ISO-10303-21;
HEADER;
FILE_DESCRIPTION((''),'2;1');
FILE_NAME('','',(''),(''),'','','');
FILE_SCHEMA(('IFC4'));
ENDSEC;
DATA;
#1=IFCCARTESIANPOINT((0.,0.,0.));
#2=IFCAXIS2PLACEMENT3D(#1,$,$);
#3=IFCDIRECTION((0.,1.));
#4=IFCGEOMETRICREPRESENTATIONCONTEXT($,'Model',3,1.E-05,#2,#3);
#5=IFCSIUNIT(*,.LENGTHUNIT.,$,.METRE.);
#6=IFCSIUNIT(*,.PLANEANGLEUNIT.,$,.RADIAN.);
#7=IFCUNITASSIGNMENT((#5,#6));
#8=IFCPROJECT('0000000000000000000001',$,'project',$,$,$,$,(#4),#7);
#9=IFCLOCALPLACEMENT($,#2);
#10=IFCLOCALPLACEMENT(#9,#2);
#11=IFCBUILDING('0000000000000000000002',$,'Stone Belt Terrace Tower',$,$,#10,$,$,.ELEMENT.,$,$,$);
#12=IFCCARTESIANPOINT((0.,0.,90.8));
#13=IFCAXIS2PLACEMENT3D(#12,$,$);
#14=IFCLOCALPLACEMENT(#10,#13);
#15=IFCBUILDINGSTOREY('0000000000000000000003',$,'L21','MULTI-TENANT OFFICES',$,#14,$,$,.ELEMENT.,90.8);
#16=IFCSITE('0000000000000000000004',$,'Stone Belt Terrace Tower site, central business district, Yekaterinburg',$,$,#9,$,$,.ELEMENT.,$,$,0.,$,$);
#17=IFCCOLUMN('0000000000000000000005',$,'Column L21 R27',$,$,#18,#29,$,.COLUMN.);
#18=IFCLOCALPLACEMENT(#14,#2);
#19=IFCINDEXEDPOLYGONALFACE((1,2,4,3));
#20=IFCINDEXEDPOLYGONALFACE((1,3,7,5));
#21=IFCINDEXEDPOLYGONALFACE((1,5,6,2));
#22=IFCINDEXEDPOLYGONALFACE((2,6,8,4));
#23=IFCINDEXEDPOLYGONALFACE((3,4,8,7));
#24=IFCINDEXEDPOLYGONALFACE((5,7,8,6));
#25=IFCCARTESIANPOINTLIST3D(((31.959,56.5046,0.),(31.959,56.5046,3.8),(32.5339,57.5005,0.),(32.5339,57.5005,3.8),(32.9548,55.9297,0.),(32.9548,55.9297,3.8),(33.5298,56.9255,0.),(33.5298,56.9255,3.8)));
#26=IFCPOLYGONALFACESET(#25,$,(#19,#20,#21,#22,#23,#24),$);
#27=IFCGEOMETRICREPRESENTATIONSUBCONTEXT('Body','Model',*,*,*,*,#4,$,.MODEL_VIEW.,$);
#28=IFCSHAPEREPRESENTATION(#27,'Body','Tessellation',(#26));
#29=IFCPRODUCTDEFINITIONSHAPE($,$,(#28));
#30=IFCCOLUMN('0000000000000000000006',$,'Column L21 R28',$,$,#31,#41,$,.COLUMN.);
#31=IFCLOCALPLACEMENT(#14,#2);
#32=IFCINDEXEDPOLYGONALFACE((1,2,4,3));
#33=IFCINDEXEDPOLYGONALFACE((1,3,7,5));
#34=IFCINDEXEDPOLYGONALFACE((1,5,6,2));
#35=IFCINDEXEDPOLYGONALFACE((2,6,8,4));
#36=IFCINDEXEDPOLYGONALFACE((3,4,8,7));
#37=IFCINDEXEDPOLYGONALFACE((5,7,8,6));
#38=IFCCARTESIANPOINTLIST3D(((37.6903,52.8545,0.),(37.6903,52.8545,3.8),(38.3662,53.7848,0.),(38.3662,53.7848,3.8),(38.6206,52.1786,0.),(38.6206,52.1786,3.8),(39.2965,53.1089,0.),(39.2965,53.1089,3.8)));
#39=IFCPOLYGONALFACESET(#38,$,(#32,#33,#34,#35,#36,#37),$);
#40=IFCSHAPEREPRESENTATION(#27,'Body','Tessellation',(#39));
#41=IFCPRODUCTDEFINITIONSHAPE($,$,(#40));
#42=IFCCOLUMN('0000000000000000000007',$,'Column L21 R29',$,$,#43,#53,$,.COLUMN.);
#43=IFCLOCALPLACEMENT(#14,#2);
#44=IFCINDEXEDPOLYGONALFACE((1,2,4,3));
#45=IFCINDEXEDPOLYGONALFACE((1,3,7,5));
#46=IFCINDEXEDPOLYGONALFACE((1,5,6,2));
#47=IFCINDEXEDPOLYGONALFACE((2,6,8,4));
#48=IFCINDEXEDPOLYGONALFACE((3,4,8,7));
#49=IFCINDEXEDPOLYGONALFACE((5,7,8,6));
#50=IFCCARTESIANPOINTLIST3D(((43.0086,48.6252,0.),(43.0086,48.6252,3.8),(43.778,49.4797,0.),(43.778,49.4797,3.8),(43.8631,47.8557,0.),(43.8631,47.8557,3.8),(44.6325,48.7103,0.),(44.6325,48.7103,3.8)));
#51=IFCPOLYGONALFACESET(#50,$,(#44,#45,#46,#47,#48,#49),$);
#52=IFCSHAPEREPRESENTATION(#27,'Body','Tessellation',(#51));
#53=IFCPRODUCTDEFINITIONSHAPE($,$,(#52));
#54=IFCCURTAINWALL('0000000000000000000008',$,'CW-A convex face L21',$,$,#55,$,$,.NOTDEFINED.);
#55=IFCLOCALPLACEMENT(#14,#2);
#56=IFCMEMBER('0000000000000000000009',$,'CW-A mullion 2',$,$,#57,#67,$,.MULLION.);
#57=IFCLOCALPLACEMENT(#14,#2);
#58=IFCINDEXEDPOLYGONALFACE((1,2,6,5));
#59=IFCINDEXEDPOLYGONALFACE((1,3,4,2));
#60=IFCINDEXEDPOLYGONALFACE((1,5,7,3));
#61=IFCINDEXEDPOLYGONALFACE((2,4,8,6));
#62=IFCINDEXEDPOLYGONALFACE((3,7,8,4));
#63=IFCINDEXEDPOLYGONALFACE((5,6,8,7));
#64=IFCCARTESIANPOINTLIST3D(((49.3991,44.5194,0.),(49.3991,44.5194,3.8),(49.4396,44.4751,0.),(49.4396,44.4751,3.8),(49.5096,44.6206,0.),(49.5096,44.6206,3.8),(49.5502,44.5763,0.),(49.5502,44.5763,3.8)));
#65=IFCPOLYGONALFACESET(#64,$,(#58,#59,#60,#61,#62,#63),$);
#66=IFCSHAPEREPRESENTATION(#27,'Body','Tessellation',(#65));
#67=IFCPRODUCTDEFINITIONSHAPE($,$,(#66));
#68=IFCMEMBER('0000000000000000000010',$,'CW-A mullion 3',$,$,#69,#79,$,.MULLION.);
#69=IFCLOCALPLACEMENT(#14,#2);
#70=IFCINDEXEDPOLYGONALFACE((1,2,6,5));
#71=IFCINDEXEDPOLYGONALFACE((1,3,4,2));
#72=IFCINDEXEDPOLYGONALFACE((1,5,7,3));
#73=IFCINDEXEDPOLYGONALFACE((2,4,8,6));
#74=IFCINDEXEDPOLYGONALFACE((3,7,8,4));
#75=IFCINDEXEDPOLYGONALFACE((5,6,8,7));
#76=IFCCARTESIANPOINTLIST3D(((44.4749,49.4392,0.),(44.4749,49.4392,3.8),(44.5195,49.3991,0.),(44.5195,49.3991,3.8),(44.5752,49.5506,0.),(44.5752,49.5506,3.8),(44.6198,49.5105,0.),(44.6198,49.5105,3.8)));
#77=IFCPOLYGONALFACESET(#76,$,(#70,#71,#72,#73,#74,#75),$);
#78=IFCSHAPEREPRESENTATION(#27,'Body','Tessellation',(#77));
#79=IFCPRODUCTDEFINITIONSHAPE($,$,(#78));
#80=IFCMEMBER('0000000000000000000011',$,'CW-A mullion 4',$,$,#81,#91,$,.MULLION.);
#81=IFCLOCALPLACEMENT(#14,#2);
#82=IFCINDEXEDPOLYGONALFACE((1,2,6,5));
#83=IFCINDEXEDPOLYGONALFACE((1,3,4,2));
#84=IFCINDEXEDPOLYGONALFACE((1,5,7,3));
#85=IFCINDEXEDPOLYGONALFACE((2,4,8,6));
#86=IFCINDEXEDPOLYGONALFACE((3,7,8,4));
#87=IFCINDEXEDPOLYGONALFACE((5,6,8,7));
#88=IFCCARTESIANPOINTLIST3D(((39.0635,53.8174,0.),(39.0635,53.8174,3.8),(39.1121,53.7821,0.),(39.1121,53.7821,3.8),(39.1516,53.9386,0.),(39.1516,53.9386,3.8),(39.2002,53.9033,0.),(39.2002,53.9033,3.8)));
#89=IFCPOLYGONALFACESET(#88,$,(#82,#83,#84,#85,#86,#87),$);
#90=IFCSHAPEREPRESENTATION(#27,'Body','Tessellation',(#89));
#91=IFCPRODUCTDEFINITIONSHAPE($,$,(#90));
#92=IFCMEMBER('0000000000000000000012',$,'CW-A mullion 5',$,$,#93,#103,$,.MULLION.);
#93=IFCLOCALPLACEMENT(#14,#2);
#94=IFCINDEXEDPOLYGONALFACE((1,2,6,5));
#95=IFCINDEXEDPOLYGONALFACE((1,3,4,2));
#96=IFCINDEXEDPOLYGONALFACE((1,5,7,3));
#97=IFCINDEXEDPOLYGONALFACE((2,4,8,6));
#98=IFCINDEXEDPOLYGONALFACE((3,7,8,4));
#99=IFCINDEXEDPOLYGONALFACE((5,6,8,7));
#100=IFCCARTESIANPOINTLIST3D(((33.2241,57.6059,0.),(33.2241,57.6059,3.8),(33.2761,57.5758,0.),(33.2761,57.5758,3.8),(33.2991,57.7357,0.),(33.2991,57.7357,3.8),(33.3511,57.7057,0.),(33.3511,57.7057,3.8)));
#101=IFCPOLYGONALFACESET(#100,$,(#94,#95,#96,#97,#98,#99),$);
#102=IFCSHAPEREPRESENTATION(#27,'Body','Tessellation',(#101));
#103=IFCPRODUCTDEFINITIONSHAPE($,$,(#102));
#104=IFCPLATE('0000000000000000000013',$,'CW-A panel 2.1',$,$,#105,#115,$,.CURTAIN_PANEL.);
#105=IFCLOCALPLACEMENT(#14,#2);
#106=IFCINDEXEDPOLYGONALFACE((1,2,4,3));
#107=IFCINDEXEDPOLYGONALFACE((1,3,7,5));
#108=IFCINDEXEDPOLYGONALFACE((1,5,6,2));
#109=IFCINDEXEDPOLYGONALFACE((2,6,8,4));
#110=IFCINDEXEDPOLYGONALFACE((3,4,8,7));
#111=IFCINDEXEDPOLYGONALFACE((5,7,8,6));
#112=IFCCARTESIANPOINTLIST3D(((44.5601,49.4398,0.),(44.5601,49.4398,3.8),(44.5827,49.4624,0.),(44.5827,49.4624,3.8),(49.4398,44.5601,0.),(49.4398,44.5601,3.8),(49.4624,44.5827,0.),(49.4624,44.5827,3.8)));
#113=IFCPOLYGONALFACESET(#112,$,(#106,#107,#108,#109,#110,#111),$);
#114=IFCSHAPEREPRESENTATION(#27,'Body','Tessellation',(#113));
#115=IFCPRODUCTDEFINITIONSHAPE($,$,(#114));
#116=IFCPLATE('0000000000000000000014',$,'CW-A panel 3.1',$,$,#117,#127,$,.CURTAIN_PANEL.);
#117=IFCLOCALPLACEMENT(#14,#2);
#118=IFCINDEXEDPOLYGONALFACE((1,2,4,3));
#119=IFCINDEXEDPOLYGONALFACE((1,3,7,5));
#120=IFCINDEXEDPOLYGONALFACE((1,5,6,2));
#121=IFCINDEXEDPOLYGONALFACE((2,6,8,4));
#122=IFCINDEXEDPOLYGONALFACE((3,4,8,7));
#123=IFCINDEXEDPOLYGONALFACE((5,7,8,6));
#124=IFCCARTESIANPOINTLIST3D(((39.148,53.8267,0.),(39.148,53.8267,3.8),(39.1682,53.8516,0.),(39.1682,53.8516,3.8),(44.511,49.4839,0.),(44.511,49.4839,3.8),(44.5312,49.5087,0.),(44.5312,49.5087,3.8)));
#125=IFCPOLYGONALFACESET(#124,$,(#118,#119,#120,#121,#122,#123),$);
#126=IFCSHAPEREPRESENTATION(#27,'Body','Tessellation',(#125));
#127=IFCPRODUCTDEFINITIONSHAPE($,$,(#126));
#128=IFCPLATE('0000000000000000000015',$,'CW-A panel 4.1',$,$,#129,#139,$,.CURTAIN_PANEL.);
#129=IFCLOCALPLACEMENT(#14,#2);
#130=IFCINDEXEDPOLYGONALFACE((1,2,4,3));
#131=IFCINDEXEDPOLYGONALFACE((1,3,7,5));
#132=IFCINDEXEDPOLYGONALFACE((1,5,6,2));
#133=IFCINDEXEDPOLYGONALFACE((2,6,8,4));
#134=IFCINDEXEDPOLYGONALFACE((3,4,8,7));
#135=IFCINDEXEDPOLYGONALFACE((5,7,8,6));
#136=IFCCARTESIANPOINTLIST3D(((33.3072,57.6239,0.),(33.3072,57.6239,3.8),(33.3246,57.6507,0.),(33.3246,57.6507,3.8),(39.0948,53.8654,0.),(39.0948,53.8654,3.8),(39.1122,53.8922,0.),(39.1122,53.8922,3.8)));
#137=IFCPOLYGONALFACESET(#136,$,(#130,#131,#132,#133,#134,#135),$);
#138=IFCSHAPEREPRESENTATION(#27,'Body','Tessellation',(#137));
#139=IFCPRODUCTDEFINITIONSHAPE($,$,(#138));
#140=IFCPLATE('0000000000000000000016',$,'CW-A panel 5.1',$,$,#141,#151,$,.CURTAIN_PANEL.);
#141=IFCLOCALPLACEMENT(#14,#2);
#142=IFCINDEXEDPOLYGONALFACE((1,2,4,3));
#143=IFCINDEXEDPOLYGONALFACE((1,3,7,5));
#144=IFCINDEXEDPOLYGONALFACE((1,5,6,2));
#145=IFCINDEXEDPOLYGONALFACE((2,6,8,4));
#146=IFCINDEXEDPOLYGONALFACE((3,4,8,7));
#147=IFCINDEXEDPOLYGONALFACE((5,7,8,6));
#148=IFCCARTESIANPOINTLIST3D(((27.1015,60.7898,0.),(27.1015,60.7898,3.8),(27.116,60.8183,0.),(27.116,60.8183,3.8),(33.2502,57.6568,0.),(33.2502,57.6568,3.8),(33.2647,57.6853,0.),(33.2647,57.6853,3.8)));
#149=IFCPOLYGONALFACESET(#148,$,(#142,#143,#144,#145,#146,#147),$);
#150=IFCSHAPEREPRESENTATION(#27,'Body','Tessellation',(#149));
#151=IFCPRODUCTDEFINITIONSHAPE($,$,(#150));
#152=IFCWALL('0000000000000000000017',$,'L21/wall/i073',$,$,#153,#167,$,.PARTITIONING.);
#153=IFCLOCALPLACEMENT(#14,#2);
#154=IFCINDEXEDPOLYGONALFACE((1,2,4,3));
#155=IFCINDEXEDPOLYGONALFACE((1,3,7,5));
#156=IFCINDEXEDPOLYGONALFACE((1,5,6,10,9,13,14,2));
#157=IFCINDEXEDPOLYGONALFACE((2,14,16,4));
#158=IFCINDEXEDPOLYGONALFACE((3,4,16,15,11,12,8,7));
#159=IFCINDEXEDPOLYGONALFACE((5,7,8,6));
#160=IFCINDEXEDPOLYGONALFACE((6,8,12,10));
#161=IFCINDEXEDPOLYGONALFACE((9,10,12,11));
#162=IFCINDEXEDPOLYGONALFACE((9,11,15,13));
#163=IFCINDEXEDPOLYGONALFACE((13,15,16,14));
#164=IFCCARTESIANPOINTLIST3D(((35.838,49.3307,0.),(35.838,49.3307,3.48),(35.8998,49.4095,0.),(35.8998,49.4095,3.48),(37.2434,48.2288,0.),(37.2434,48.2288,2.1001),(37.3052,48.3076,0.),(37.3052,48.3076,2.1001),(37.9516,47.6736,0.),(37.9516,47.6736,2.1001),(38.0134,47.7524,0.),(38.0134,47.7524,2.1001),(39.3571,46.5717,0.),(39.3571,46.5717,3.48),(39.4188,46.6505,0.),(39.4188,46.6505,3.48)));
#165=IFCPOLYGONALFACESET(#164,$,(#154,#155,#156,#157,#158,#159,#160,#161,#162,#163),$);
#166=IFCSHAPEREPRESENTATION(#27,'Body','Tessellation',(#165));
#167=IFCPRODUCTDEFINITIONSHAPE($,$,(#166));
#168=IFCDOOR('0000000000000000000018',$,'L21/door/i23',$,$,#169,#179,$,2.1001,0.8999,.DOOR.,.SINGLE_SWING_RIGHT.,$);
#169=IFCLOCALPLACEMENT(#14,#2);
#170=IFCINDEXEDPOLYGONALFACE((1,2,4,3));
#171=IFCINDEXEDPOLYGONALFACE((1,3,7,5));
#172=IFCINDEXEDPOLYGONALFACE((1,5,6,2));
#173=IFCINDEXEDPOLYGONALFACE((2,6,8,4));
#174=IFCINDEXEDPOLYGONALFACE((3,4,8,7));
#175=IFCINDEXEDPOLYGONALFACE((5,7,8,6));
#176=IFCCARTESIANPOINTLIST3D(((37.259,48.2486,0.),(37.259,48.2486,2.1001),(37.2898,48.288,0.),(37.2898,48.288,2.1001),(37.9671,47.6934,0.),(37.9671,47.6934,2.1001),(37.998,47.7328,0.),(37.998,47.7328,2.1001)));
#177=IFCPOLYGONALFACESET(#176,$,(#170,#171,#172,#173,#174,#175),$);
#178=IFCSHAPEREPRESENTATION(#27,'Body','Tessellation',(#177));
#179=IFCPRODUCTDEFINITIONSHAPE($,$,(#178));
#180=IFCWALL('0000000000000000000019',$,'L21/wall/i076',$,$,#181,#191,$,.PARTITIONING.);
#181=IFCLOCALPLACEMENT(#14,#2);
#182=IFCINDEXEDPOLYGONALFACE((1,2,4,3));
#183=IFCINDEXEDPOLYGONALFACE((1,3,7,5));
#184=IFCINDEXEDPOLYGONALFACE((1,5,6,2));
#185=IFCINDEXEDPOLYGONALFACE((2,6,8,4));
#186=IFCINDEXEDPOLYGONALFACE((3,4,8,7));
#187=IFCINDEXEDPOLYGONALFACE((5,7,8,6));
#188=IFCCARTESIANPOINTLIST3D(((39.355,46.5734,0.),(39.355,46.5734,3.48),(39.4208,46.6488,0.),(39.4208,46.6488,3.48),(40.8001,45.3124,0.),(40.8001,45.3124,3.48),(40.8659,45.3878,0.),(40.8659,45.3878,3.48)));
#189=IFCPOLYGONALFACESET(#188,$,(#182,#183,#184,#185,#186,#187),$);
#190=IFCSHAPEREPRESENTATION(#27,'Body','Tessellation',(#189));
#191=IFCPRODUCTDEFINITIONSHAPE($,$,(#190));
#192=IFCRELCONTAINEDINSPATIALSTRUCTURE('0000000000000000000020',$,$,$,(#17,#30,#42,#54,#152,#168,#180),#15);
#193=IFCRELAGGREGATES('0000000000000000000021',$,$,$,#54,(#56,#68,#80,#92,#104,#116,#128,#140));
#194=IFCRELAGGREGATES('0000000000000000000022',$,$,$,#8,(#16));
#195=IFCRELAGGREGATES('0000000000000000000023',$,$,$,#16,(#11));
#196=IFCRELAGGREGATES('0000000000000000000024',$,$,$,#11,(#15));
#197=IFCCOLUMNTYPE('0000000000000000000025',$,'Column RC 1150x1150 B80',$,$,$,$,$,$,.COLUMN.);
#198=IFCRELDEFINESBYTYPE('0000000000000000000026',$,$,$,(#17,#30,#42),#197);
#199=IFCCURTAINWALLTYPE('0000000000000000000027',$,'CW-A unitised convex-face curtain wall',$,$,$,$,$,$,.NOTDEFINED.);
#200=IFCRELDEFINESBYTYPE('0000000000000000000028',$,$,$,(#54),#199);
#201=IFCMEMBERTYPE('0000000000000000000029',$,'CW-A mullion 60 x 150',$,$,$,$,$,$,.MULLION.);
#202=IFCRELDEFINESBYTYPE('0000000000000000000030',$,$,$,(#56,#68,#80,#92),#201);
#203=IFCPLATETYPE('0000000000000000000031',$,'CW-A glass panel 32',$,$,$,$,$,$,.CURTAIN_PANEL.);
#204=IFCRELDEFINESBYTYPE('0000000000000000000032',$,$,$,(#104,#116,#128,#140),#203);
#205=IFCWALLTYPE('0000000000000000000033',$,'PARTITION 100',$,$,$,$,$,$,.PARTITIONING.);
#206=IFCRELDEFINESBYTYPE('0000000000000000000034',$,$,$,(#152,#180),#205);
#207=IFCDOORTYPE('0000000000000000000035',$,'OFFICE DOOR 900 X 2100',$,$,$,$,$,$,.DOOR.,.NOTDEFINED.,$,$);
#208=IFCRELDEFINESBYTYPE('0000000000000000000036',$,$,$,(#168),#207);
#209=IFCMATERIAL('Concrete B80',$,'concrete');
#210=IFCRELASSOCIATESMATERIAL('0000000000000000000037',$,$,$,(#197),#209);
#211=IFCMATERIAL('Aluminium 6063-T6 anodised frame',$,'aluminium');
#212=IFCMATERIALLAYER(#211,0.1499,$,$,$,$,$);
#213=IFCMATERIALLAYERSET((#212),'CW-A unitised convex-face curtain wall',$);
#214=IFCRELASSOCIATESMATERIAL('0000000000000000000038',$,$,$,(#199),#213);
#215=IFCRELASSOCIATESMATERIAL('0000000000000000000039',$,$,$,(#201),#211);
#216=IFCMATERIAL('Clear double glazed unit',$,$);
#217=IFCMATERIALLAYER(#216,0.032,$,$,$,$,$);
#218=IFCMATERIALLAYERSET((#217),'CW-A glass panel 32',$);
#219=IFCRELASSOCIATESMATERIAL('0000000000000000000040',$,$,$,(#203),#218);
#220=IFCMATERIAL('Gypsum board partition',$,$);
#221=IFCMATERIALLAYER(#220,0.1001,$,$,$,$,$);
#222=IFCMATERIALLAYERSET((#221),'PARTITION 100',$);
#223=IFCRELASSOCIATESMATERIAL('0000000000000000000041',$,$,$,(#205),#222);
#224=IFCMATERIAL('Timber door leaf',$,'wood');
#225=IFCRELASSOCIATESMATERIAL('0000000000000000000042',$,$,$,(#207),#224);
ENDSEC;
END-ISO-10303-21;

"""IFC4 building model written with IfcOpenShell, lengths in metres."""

from ifc_helpers import new_model, si_unit, direction, frame, frame_2d, origin, origin_2d, place, context, subcontext, project, spatial, rectangle, extrude, material, layer, layer_set, material_profile, profile_set, type_object, element, fill, aggregate, save


model = new_model("IFC4")

# Units and contexts
model_context = context("Model", 3, precision=1e-05, world=origin(), true_north=direction((0.0, 1.0)))
body_context = subcontext(model_context, "Body", "Model", "MODEL_VIEW")
ifc_project = project(units=[si_unit("LENGTHUNIT", "METRE"), si_unit("PLANEANGLEUNIT", "RADIAN")], contexts=[model_context])

# Site, building, storey
site_placement = place(None, origin())
site = spatial("IfcSite", under=ifc_project, at=site_placement, Name="Stone Belt Terrace Tower site, central business district, Yekaterinburg", CompositionType="ELEMENT", RefElevation=0.0)
building_placement = place(site_placement, origin())
building = spatial("IfcBuilding", under=site, at=building_placement, Name="Stone Belt Terrace Tower", CompositionType="ELEMENT")
storey_placement = place(building_placement, frame((0.0, 0.0, 90.8)))
storey = spatial("IfcBuildingStorey", under=building, at=storey_placement, Name="L21", Description="MULTI-TENANT OFFICES", CompositionType="ELEMENT", Elevation=90.8)

# Columns
ifc_material_1 = material(Name="Concrete B80", Category="concrete")
ifc_material_profile_1 = material_profile(ifc_material_1, rectangle(XDim=1.1499, YDim=1.1499, at=origin_2d()), Name="RC 1150x1150")
ifc_profile_set_1 = profile_set([ifc_material_profile_1], Name="Concrete B80")
column_type = type_object("IfcColumnType", Name="Column RC 1150x1150 B80", PredefinedType="COLUMN", material=ifc_profile_set_1)
for number, where, z_axis, x_axis, name in (
    (1, (32.7444, 56.7151, 0.0), (0.0, 0.0, 1.0), (0.866025, -0.5, 0.0), "Column L21 R27"),
    (2, (38.4934, 52.9817, 0.0), (0.0, 0.0, 1.0), (0.809017, -0.587785, 0.0), "Column L21 R28"),
    (3, (43.8206, 48.6677, 0.0), (0.0, 0.0, 1.0), (0.743145, -0.669131, 0.0), "Column L21 R29"),
):
    element("IfcColumn", number, at=place(storey_placement, frame(where, z_axis=z_axis, x_axis=x_axis)), inside=storey, type_object=column_type, Name=name, PredefinedType="COLUMN", context=body_context, shape_type="SweptSolid", body=[
        extrude(rectangle(XDim=1.1499, YDim=1.1499, at=origin_2d()), origin(), (0.0, 0.0, 1.0), 3.8),
    ])

# Curtain wall, members, plates
ifc_material_2 = material(Name="Aluminium 6063-T6 anodised frame", Category="aluminium")
ifc_layer_1 = layer(ifc_material_2, 0.1499)
ifc_layer_set_1 = layer_set([ifc_layer_1], Name="CW-A unitised convex-face curtain wall")
curtain_wall_type = type_object("IfcCurtainWallType", Name="CW-A unitised convex-face curtain wall", PredefinedType="NOTDEFINED", material=ifc_layer_set_1)
curtain_wall_placement = place(storey_placement, origin())
curtain_wall = element("IfcCurtainWall", 4, at=curtain_wall_placement, inside=storey, type_object=curtain_wall_type, Name="CW-A convex face L21", PredefinedType="NOTDEFINED")
ifc_material_profile_2 = material_profile(ifc_material_2, rectangle(XDim=0.1499, YDim=0.0601, at=origin_2d()), Name="Aluminium 6063-T6 60x150")
ifc_profile_set_2 = profile_set([ifc_material_profile_2], Name="Aluminium 6063-T6 anodised frame")
member_type = type_object("IfcMemberType", Name="CW-A mullion 60 x 150", PredefinedType="MULLION", material=ifc_profile_set_2)
member_1_placement = place(storey_placement, frame((49.4746, 44.5479, 0.0), z_axis=(0.0, 0.0, 1.0), x_axis=(-0.7374, -0.675456, 0.0)))
member_1 = element("IfcMember", 5, at=member_1_placement, type_object=member_type, Name="CW-A mullion 2", PredefinedType="MULLION", context=body_context, shape_type="SweptSolid", body=[
    extrude(rectangle(XDim=0.1499, YDim=0.0601, at=origin_2d()), origin(), (0.0, 0.0, 1.0), 3.8),
])
member_2_placement = place(storey_placement, frame((44.5474, 49.4749, 0.0), z_axis=(0.0, 0.0, 1.0), x_axis=(-0.669131, -0.743145, 0.0)))
member_2 = element("IfcMember", 6, at=member_2_placement, type_object=member_type, Name="CW-A mullion 3", PredefinedType="MULLION", context=body_context, shape_type="SweptSolid", body=[
    extrude(rectangle(XDim=0.1499, YDim=0.0601, at=origin_2d()), origin(), (0.0, 0.0, 1.0), 3.8),
])
member_3_placement = place(storey_placement, frame((39.1318, 53.8604, 0.0), z_axis=(0.0, 0.0, 1.0), x_axis=(-0.587785, -0.809017, 0.0)))
member_3 = element("IfcMember", 7, at=member_3_placement, type_object=member_type, Name="CW-A mullion 4", PredefinedType="MULLION", context=body_context, shape_type="SweptSolid", body=[
    extrude(rectangle(XDim=0.1499, YDim=0.0601, at=origin_2d()), origin(), (0.0, 0.0, 1.0), 3.8),
])
member_4_placement = place(storey_placement, frame((33.2876, 57.6558, 0.0), z_axis=(0.0, 0.0, 1.0), x_axis=(-0.5, -0.866025, 0.0)))
member_4 = element("IfcMember", 8, at=member_4_placement, type_object=member_type, Name="CW-A mullion 5", PredefinedType="MULLION", context=body_context, shape_type="SweptSolid", body=[
    extrude(rectangle(XDim=0.1499, YDim=0.0601, at=origin_2d()), origin(), (0.0, 0.0, 1.0), 3.8),
])
ifc_material_3 = material(Name="Clear double glazed unit")
ifc_layer_2 = layer(ifc_material_3, 0.032)
ifc_layer_set_2 = layer_set([ifc_layer_2], Name="CW-A glass panel 32")
plate_type = type_object("IfcPlateType", Name="CW-A glass panel 32", PredefinedType="CURTAIN_PANEL", material=ifc_layer_set_2)
plate_1_placement = place(storey_placement, frame((47.0112, 47.0112, 0.0), z_axis=(0.0, 0.0, 1.0), x_axis=(-0.707107, 0.707107, 0.0)))
plate_1 = element("IfcPlate", 9, at=plate_1_placement, type_object=plate_type, Name="CW-A panel 2.1", PredefinedType="CURTAIN_PANEL", context=body_context, shape_type="SweptSolid", body=[
    extrude(rectangle(XDim=6.9009, YDim=0.032, at=origin_2d()), origin(), (0.0, 0.0, 1.0), 3.8),
])
plate_2_placement = place(storey_placement, frame((41.8396, 51.6677, 0.0), z_axis=(0.0, 0.0, 1.0), x_axis=(-0.777146, 0.62932, 0.0)))
plate_2 = element("IfcPlate", 10, at=plate_2_placement, type_object=plate_type, Name="CW-A panel 3.1", PredefinedType="CURTAIN_PANEL", context=body_context, shape_type="SweptSolid", body=[
    extrude(rectangle(XDim=6.9009, YDim=0.032, at=origin_2d()), origin(), (0.0, 0.0, 1.0), 3.8),
])
plate_3_placement = place(storey_placement, frame((36.2097, 55.7581, 0.0), z_axis=(0.0, 0.0, 1.0), x_axis=(-0.838671, 0.544639, 0.0)))
plate_3 = element("IfcPlate", 11, at=plate_3_placement, type_object=plate_type, Name="CW-A panel 4.1", PredefinedType="CURTAIN_PANEL", context=body_context, shape_type="SweptSolid", body=[
    extrude(rectangle(XDim=6.9009, YDim=0.032, at=origin_2d()), origin(), (0.0, 0.0, 1.0), 3.8),
])
plate_4_placement = place(storey_placement, frame((30.1831, 59.2375, 0.0), z_axis=(0.0, 0.0, 1.0), x_axis=(-0.891007, 0.45399, 0.0)))
plate_4 = element("IfcPlate", 12, at=plate_4_placement, type_object=plate_type, Name="CW-A panel 5.1", PredefinedType="CURTAIN_PANEL", context=body_context, shape_type="SweptSolid", body=[
    extrude(rectangle(XDim=6.9009, YDim=0.032, at=origin_2d()), origin(), (0.0, 0.0, 1.0), 3.8),
])
aggregate(curtain_wall, [member_1, member_2, member_3, member_4, plate_1, plate_2, plate_3, plate_4])

# Wall, opening, door
ifc_material_4 = material(Name="Gypsum board partition")
ifc_layer_3 = layer(ifc_material_4, 0.1001)
ifc_layer_set_3 = layer_set([ifc_layer_3], Name="PARTITION 100")
wall_type_1 = type_object("IfcWallType", Name="PARTITION 100", PredefinedType="PARTITIONING", material=ifc_layer_set_3)
wall_1_placement = place(storey_placement, frame((39.3879, 46.6111, 0.0), z_axis=(0.0, 0.0, 1.0), x_axis=(-0.786962, 0.617001, 0.0)))
wall_1 = element("IfcWall", 13, at=wall_1_placement, inside=storey, type_object=wall_type_1, Name="L21/wall/i073", PredefinedType="PARTITIONING", context=body_context, shape_type="SweptSolid", body=[
    extrude(rectangle(XDim=4.4717, YDim=0.1001, at=frame_2d((2.2358, 0.0))), origin(), (0.0, 0.0, 1.0), 3.48),
])
opening_1_placement = place(wall_1_placement, frame((1.7859, 0.0, 0.0)))
opening_1 = element("IfcOpeningElement", 14, at=opening_1_placement, cuts=wall_1, PredefinedType="OPENING", context=body_context, shape_type="SweptSolid", body=[
    extrude(rectangle(XDim=0.8999, YDim=2.1001, at=frame_2d((0.45, 1.05))), frame((0.0, 0.0601, 0.0), z_axis=(0.0, -1.0, 0.0), x_axis=(1.0, 0.0, 0.0)), (0.0, 0.0, 1.0), 0.1201),
])
ifc_material_5 = material(Name="Timber door leaf", Category="wood")
door_type_1 = type_object("IfcDoorType", Name="OFFICE DOOR 900 X 2100", OperationType="NOTDEFINED", PredefinedType="DOOR", material=ifc_material_5)
door_1_placement = place(opening_1_placement, origin())
door_1 = element("IfcDoor", 15, at=door_1_placement, inside=storey, type_object=door_type_1, Name="L21/door/i23", OperationType="SINGLE_SWING_RIGHT", OverallHeight=2.1001, OverallWidth=0.8999, PredefinedType="DOOR", context=body_context, shape_type="SweptSolid", body=[
    extrude(rectangle(XDim=0.8999, YDim=2.1001, at=frame_2d((0.45, 1.05))), frame((0.0, 0.0249, 0.0), z_axis=(0.0, -1.0, 0.0), x_axis=(1.0, 0.0, 0.0)), (0.0, 0.0, 1.0), 0.05),
])
fill(opening_1, door_1)

# Wall
wall_2_placement = place(storey_placement, frame((40.833, 45.3501, 0.0), z_axis=(0.0, 0.0, 1.0), x_axis=(-0.753467, 0.657486, 0.0)))
element("IfcWall", 16, at=wall_2_placement, inside=storey, type_object=wall_type_1, Name="L21/wall/i076", PredefinedType="PARTITIONING", context=body_context, shape_type="SweptSolid", body=[
    extrude(rectangle(XDim=1.918, YDim=0.1001, at=frame_2d((0.959, 0.0))), origin(), (0.0, 0.0, 1.0), 3.48),
])

save(model, "model.ifc")
